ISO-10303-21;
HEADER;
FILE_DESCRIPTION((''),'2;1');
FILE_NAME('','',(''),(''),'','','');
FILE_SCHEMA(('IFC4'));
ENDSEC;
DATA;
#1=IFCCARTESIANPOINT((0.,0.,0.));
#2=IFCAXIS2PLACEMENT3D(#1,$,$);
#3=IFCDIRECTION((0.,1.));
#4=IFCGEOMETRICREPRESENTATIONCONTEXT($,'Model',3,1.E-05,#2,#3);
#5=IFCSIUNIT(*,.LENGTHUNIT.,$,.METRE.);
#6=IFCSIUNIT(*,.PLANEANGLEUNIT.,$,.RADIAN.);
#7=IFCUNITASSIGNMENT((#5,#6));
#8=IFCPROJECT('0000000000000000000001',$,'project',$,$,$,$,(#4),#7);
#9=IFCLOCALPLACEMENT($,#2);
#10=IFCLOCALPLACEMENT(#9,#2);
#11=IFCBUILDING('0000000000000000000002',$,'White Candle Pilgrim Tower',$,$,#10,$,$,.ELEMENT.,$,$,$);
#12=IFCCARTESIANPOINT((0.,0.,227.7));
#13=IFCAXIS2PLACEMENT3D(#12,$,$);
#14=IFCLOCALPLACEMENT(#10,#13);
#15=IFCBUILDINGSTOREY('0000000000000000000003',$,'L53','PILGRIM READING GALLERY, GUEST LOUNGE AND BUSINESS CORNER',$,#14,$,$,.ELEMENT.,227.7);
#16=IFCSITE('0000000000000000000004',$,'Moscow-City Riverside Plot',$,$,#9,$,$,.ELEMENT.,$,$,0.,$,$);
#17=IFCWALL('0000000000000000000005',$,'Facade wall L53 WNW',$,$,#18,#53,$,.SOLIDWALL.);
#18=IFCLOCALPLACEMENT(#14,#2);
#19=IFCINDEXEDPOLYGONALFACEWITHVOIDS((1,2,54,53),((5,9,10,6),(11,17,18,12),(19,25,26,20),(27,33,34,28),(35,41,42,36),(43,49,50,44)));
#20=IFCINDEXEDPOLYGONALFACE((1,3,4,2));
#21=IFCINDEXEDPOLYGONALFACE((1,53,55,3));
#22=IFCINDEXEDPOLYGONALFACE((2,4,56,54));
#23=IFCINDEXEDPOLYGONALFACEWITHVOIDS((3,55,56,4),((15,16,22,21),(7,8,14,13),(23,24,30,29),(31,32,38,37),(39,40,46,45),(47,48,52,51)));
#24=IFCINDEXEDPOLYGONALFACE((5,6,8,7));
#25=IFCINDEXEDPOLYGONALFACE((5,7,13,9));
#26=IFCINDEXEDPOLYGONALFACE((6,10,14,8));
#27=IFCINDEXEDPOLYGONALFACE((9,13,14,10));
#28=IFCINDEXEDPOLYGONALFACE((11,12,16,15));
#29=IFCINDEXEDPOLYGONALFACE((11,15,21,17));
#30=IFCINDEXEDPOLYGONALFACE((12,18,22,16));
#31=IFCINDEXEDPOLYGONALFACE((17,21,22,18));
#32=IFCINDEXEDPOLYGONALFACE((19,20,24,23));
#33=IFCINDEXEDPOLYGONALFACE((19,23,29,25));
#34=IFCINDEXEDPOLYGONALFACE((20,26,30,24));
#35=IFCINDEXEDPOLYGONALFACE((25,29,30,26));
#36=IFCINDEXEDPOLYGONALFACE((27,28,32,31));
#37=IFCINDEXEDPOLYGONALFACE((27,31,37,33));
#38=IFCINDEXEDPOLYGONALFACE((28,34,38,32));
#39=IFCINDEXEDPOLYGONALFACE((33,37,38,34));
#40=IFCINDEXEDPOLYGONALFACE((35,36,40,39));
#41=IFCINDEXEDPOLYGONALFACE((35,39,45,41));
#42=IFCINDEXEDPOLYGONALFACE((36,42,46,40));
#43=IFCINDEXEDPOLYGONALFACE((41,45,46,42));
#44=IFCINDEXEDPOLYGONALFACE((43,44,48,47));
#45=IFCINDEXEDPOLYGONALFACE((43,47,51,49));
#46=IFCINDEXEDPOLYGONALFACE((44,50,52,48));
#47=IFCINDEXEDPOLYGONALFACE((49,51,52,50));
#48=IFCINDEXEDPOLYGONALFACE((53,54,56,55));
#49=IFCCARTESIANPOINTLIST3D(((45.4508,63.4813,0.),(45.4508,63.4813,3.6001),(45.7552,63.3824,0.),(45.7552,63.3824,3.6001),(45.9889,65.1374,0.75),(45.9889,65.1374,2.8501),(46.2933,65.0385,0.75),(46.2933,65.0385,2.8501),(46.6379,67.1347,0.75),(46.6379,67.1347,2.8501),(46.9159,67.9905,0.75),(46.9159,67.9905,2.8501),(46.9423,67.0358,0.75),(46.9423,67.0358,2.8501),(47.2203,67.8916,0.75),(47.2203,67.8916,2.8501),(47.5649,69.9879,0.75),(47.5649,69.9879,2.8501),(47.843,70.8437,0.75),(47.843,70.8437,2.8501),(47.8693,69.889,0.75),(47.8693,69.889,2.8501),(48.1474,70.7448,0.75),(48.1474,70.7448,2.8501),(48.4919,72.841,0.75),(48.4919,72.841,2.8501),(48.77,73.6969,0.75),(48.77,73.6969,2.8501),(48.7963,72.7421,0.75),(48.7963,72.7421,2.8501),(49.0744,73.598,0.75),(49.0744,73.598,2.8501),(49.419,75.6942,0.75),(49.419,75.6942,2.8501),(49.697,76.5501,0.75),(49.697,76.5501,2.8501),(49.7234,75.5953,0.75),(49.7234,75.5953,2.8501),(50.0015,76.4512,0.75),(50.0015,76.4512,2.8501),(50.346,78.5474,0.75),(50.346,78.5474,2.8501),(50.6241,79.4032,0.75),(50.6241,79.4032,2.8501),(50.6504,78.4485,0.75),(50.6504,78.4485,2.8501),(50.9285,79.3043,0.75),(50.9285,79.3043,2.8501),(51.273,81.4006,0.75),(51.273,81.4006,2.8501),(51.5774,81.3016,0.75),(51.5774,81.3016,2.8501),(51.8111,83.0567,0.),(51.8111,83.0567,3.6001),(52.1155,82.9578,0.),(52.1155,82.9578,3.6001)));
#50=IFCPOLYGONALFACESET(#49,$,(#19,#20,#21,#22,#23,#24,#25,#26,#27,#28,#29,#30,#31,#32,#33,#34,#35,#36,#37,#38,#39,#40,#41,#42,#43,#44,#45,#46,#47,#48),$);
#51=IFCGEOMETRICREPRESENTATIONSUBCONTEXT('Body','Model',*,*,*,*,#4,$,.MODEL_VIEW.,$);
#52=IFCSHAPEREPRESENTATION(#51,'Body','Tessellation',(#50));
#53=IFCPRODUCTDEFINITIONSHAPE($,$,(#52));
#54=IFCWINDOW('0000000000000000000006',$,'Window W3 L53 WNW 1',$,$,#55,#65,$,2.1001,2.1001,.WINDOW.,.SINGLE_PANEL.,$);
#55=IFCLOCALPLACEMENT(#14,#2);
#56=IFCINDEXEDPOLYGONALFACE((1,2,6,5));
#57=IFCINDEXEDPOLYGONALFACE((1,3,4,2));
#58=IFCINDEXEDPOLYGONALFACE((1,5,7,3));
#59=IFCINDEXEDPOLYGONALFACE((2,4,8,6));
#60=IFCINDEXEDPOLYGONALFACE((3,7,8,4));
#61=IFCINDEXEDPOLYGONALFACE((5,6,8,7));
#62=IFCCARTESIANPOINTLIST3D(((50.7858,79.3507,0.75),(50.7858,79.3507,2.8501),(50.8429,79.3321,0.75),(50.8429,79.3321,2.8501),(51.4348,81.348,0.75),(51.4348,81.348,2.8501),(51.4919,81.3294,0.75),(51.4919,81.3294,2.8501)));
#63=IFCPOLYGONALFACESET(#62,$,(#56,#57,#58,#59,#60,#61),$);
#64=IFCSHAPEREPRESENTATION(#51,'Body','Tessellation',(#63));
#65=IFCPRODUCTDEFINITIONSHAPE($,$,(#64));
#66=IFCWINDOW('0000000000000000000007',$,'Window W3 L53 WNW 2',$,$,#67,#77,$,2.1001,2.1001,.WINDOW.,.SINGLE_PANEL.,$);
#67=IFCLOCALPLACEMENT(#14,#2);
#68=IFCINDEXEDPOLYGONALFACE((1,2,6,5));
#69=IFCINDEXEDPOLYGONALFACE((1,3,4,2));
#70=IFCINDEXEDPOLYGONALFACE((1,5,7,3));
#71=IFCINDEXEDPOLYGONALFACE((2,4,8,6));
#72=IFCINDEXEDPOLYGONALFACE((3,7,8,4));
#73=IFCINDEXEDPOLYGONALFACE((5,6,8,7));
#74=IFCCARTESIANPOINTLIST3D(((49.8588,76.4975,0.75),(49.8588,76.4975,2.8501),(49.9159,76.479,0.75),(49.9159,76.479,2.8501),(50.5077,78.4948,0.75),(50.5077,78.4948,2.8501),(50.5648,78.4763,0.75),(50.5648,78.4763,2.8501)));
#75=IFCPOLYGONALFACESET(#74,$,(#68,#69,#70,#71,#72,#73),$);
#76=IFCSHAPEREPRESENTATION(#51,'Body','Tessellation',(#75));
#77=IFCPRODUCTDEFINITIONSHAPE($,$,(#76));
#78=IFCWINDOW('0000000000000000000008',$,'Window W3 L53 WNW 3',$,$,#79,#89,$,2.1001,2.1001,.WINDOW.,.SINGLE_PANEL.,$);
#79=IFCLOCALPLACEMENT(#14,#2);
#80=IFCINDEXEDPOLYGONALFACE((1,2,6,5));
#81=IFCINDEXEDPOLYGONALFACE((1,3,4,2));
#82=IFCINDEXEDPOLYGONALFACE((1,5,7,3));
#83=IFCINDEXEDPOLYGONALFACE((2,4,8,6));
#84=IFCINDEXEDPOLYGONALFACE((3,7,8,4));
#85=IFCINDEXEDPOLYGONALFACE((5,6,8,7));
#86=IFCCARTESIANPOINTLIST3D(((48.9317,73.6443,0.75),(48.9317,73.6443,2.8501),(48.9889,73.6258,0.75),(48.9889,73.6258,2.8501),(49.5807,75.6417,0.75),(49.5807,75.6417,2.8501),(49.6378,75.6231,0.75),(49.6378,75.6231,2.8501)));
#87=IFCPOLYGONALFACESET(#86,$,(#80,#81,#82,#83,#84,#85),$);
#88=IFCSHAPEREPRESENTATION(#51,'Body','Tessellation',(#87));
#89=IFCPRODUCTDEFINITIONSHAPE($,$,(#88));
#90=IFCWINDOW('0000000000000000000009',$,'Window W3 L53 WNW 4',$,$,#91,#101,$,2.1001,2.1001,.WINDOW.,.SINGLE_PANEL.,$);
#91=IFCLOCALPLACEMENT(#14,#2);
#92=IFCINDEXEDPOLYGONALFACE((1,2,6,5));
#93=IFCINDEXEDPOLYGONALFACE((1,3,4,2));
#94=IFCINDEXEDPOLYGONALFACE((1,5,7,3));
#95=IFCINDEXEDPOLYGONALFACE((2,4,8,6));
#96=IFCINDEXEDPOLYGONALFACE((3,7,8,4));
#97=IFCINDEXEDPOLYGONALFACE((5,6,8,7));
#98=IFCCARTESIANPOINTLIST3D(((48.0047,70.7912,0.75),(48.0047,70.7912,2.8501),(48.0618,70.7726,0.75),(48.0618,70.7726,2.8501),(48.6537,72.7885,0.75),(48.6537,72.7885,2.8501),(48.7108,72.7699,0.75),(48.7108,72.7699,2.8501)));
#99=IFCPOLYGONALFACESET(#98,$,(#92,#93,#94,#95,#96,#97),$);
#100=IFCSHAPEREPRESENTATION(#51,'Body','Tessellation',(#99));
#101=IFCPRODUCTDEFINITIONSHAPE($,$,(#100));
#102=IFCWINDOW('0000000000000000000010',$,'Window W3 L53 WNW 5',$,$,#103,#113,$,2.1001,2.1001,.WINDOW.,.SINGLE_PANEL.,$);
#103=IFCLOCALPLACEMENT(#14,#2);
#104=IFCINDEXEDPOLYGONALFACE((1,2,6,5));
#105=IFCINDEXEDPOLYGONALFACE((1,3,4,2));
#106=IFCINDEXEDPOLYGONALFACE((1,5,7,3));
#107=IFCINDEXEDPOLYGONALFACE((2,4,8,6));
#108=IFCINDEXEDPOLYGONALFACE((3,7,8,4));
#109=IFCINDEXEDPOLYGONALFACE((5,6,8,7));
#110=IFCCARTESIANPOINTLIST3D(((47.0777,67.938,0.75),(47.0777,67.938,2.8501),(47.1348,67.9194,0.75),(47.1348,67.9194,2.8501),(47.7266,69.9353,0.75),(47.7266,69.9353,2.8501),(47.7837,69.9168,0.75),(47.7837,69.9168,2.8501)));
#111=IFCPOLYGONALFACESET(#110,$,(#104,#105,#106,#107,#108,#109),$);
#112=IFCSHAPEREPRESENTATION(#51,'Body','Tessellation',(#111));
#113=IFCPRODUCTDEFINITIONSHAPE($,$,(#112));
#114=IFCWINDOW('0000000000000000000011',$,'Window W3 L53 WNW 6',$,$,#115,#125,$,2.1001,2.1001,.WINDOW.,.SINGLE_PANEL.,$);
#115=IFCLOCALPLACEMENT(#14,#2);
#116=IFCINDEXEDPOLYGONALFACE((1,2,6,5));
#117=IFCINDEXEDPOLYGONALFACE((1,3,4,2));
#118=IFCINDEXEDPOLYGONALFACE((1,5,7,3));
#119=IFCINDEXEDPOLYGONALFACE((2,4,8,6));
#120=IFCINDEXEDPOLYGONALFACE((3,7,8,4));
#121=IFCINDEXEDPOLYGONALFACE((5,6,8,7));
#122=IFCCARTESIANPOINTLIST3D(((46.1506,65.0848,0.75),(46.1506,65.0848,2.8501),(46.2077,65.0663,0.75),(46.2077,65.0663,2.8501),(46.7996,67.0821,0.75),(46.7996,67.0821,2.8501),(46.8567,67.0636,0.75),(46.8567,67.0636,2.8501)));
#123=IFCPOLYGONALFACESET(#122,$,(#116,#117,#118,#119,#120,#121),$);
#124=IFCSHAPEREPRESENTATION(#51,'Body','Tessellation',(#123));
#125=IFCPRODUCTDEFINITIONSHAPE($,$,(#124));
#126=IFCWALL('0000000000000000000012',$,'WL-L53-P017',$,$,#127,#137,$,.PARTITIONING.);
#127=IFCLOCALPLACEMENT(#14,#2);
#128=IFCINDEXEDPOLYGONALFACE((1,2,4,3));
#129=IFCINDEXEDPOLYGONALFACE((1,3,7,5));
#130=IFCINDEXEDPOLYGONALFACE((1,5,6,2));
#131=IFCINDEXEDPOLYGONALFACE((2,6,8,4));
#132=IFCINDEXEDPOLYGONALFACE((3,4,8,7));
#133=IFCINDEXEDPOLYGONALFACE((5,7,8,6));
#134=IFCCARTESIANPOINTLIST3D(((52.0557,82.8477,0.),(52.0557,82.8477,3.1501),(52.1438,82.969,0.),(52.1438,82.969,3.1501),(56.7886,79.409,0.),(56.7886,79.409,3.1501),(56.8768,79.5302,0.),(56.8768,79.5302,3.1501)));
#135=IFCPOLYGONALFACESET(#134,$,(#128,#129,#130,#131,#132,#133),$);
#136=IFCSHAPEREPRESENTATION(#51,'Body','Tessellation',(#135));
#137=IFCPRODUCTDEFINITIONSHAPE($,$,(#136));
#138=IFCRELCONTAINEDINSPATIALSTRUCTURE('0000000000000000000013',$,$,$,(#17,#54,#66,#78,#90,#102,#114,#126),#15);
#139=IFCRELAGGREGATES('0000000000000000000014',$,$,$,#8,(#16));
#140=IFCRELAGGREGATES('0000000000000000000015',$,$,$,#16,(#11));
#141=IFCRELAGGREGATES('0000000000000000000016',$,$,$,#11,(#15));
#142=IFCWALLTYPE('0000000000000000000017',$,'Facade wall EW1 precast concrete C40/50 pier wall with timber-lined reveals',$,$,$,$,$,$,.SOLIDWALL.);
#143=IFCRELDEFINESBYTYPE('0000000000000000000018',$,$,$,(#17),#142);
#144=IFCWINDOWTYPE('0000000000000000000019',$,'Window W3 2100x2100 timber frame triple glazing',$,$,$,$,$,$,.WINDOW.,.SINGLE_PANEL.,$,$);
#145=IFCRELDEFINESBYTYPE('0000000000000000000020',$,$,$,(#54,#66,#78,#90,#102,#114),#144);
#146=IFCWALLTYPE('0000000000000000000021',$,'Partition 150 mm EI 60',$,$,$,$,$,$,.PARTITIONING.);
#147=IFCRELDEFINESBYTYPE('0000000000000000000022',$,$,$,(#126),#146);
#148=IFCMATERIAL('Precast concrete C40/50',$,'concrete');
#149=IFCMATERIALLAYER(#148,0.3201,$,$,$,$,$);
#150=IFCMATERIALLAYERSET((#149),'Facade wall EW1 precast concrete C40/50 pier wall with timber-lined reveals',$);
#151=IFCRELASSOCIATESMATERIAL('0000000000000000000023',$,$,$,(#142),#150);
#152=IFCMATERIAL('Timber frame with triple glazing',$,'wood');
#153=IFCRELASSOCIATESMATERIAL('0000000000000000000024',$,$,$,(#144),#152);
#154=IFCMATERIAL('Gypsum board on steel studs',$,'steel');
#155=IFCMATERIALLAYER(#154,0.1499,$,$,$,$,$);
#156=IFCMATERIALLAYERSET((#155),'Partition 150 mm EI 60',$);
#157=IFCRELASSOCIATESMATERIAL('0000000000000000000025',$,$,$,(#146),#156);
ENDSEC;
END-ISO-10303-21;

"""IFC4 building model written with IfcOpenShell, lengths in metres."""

from ifc_helpers import new_model, si_unit, direction, frame, frame_2d, origin, place, context, subcontext, project, spatial, rectangle, extrude, material, layer, layer_set, type_object, element, fill, save


model = new_model("IFC4")

# Units and contexts
model_context = context("Model", 3, precision=1e-05, world=origin(), true_north=direction((0.0, 1.0)))
body_context = subcontext(model_context, "Body", "Model", "MODEL_VIEW")
ifc_project = project(units=[si_unit("LENGTHUNIT", "METRE"), si_unit("PLANEANGLEUNIT", "RADIAN")], contexts=[model_context])

# Site, building, storey
site_placement = place(None, origin())
site = spatial("IfcSite", under=ifc_project, at=site_placement, Name="Moscow-City Riverside Plot", CompositionType="ELEMENT", RefElevation=0.0)
building_placement = place(site_placement, origin())
building = spatial("IfcBuilding", under=site, at=building_placement, Name="White Candle Pilgrim Tower", CompositionType="ELEMENT")
storey_placement = place(building_placement, frame((0.0, 0.0, 227.7)))
storey = spatial("IfcBuildingStorey", under=building, at=storey_placement, Name="L53", Description="PILGRIM READING GALLERY, GUEST LOUNGE AND BUSINESS CORNER", CompositionType="ELEMENT", Elevation=227.7)

# Shared definitions
ifc_material_1 = material(Name="Precast concrete C40/50", Category="concrete")
ifc_layer_1 = layer(ifc_material_1, 0.3201)
ifc_layer_set_1 = layer_set([ifc_layer_1], Name="Facade wall EW1 precast concrete C40/50 pier wall with timber-lined reveals")
wall_type_1 = type_object("IfcWallType", Name="Facade wall EW1 precast concrete C40/50 pier wall with timber-lined reveals", PredefinedType="SOLIDWALL", material=ifc_layer_set_1)

# Wall, openings, windows
ifc_material_2 = material(Name="Timber frame with triple glazing", Category="wood")
wall_1_placement = place(storey_placement, frame((51.9634, 83.0073, 0.0), z_axis=(0.0, 0.0, 1.0), x_axis=(-0.309013, -0.951058, 0.0)))
wall_1 = element("IfcWall", 1, at=wall_1_placement, inside=storey, type_object=wall_type_1, Name="Facade wall L53 WNW", PredefinedType="SOLIDWALL", context=body_context, shape_type="SweptSolid", body=[
    extrude(rectangle(XDim=20.5828, YDim=0.3201, at=frame_2d((10.2915, 0.0))), origin(), (0.0, 0.0, 1.0), 3.6001),
])
opening_1_placement = place(wall_1_placement, frame((1.7415, 0.0, 0.75)))
opening_1 = element("IfcOpeningElement", 2, at=opening_1_placement, cuts=wall_1, PredefinedType="OPENING", context=body_context, shape_type="SweptSolid", body=[
    extrude(rectangle(XDim=2.1001, YDim=2.1001, at=frame_2d((1.05, 1.05))), frame((0.0, 0.1699, 0.0), z_axis=(0.0, -1.0, 0.0), x_axis=(1.0, 0.0, 0.0)), (0.0, 0.0, 1.0), 0.3401),
])
opening_2_placement = place(wall_1_placement, frame((4.7415, 0.0, 0.75)))
opening_2 = element("IfcOpeningElement", 3, at=opening_2_placement, cuts=wall_1, PredefinedType="OPENING", context=body_context, shape_type="SweptSolid", body=[
    extrude(rectangle(XDim=2.1001, YDim=2.1001, at=frame_2d((1.05, 1.05))), frame((0.0, 0.1699, 0.0), z_axis=(0.0, -1.0, 0.0), x_axis=(1.0, 0.0, 0.0)), (0.0, 0.0, 1.0), 0.3401),
])
opening_3_placement = place(wall_1_placement, frame((7.7415, 0.0, 0.75)))
opening_3 = element("IfcOpeningElement", 4, at=opening_3_placement, cuts=wall_1, PredefinedType="OPENING", context=body_context, shape_type="SweptSolid", body=[
    extrude(rectangle(XDim=2.1001, YDim=2.1001, at=frame_2d((1.05, 1.05))), frame((0.0, 0.1699, 0.0), z_axis=(0.0, -1.0, 0.0), x_axis=(1.0, 0.0, 0.0)), (0.0, 0.0, 1.0), 0.3401),
])
opening_4_placement = place(wall_1_placement, frame((10.7415, 0.0, 0.75)))
opening_4 = element("IfcOpeningElement", 5, at=opening_4_placement, cuts=wall_1, PredefinedType="OPENING", context=body_context, shape_type="SweptSolid", body=[
    extrude(rectangle(XDim=2.1001, YDim=2.1001, at=frame_2d((1.05, 1.05))), frame((0.0, 0.1699, 0.0), z_axis=(0.0, -1.0, 0.0), x_axis=(1.0, 0.0, 0.0)), (0.0, 0.0, 1.0), 0.3401),
])
opening_5_placement = place(wall_1_placement, frame((13.7415, 0.0, 0.75)))
opening_5 = element("IfcOpeningElement", 6, at=opening_5_placement, cuts=wall_1, PredefinedType="OPENING", context=body_context, shape_type="SweptSolid", body=[
    extrude(rectangle(XDim=2.1001, YDim=2.1001, at=frame_2d((1.05, 1.05))), frame((0.0, 0.1699, 0.0), z_axis=(0.0, -1.0, 0.0), x_axis=(1.0, 0.0, 0.0)), (0.0, 0.0, 1.0), 0.3401),
])
opening_6_placement = place(wall_1_placement, frame((16.7415, 0.0, 0.75)))
opening_6 = element("IfcOpeningElement", 7, at=opening_6_placement, cuts=wall_1, PredefinedType="OPENING", context=body_context, shape_type="SweptSolid", body=[
    extrude(rectangle(XDim=2.1001, YDim=2.1001, at=frame_2d((1.05, 1.05))), frame((0.0, 0.1699, 0.0), z_axis=(0.0, -1.0, 0.0), x_axis=(1.0, 0.0, 0.0)), (0.0, 0.0, 1.0), 0.3401),
])
window_type_1 = type_object("IfcWindowType", Name="Window W3 2100x2100 timber frame triple glazing", PartitioningType="SINGLE_PANEL", PredefinedType="WINDOW", material=ifc_material_2)
window_1_placement = place(opening_1_placement, origin())
window_1 = element("IfcWindow", 8, at=window_1_placement, inside=storey, type_object=window_type_1, Name="Window W3 L53 WNW 1", OverallHeight=2.1001, OverallWidth=2.1001, PartitioningType="SINGLE_PANEL", PredefinedType="WINDOW", context=body_context, shape_type="SweptSolid", body=[
    extrude(rectangle(XDim=2.1001, YDim=2.1001, at=frame_2d((1.05, 1.05))), frame((0.0, 0.0701, 0.0), z_axis=(0.0, -1.0, 0.0), x_axis=(1.0, 0.0, 0.0)), (0.0, 0.0, 1.0), 0.0601),
])
fill(opening_1, window_1)
window_2_placement = place(opening_2_placement, origin())
window_2 = element("IfcWindow", 9, at=window_2_placement, inside=storey, type_object=window_type_1, Name="Window W3 L53 WNW 2", OverallHeight=2.1001, OverallWidth=2.1001, PartitioningType="SINGLE_PANEL", PredefinedType="WINDOW", context=body_context, shape_type="SweptSolid", body=[
    extrude(rectangle(XDim=2.1001, YDim=2.1001, at=frame_2d((1.05, 1.05))), frame((0.0, 0.0701, 0.0), z_axis=(0.0, -1.0, 0.0), x_axis=(1.0, 0.0, 0.0)), (0.0, 0.0, 1.0), 0.0601),
])
fill(opening_2, window_2)
window_3_placement = place(opening_3_placement, origin())
window_3 = element("IfcWindow", 10, at=window_3_placement, inside=storey, type_object=window_type_1, Name="Window W3 L53 WNW 3", OverallHeight=2.1001, OverallWidth=2.1001, PartitioningType="SINGLE_PANEL", PredefinedType="WINDOW", context=body_context, shape_type="SweptSolid", body=[
    extrude(rectangle(XDim=2.1001, YDim=2.1001, at=frame_2d((1.05, 1.05))), frame((0.0, 0.0701, 0.0), z_axis=(0.0, -1.0, 0.0), x_axis=(1.0, 0.0, 0.0)), (0.0, 0.0, 1.0), 0.0601),
])
fill(opening_3, window_3)
window_4_placement = place(opening_4_placement, origin())
window_4 = element("IfcWindow", 11, at=window_4_placement, inside=storey, type_object=window_type_1, Name="Window W3 L53 WNW 4", OverallHeight=2.1001, OverallWidth=2.1001, PartitioningType="SINGLE_PANEL", PredefinedType="WINDOW", context=body_context, shape_type="SweptSolid", body=[
    extrude(rectangle(XDim=2.1001, YDim=2.1001, at=frame_2d((1.05, 1.05))), frame((0.0, 0.0701, 0.0), z_axis=(0.0, -1.0, 0.0), x_axis=(1.0, 0.0, 0.0)), (0.0, 0.0, 1.0), 0.0601),
])
fill(opening_4, window_4)
window_5_placement = place(opening_5_placement, origin())
window_5 = element("IfcWindow", 12, at=window_5_placement, inside=storey, type_object=window_type_1, Name="Window W3 L53 WNW 5", OverallHeight=2.1001, OverallWidth=2.1001, PartitioningType="SINGLE_PANEL", PredefinedType="WINDOW", context=body_context, shape_type="SweptSolid", body=[
    extrude(rectangle(XDim=2.1001, YDim=2.1001, at=frame_2d((1.05, 1.05))), frame((0.0, 0.0701, 0.0), z_axis=(0.0, -1.0, 0.0), x_axis=(1.0, 0.0, 0.0)), (0.0, 0.0, 1.0), 0.0601),
])
fill(opening_5, window_5)
window_6_placement = place(opening_6_placement, origin())
window_6 = element("IfcWindow", 13, at=window_6_placement, inside=storey, type_object=window_type_1, Name="Window W3 L53 WNW 6", OverallHeight=2.1001, OverallWidth=2.1001, PartitioningType="SINGLE_PANEL", PredefinedType="WINDOW", context=body_context, shape_type="SweptSolid", body=[
    extrude(rectangle(XDim=2.1001, YDim=2.1001, at=frame_2d((1.05, 1.05))), frame((0.0, 0.0701, 0.0), z_axis=(0.0, -1.0, 0.0), x_axis=(1.0, 0.0, 0.0)), (0.0, 0.0, 1.0), 0.0601),
])
fill(opening_6, window_6)

# Wall
ifc_material_3 = material(Name="Gypsum board on steel studs", Category="steel")
ifc_layer_2 = layer(ifc_material_3, 0.1499)
ifc_layer_set_2 = layer_set([ifc_layer_2], Name="Partition 150 mm EI 60")
wall_type_2 = type_object("IfcWallType", Name="Partition 150 mm EI 60", PredefinedType="PARTITIONING", material=ifc_layer_set_2)
wall_2_placement = place(storey_placement, frame((52.0996, 82.9084, 0.0), z_axis=(0.0, 0.0, 1.0), x_axis=(0.809012, -0.587792, 0.0)))
element("IfcWall", 14, at=wall_2_placement, inside=storey, type_object=wall_type_2, Name="WL-L53-P017", PredefinedType="PARTITIONING", context=body_context, shape_type="SweptSolid", body=[
    extrude(rectangle(XDim=5.8503, YDim=0.1499, at=frame_2d((2.9253, 0.0))), origin(), (0.0, 0.0, 1.0), 3.1501),
])

save(model, "model.ifc")
